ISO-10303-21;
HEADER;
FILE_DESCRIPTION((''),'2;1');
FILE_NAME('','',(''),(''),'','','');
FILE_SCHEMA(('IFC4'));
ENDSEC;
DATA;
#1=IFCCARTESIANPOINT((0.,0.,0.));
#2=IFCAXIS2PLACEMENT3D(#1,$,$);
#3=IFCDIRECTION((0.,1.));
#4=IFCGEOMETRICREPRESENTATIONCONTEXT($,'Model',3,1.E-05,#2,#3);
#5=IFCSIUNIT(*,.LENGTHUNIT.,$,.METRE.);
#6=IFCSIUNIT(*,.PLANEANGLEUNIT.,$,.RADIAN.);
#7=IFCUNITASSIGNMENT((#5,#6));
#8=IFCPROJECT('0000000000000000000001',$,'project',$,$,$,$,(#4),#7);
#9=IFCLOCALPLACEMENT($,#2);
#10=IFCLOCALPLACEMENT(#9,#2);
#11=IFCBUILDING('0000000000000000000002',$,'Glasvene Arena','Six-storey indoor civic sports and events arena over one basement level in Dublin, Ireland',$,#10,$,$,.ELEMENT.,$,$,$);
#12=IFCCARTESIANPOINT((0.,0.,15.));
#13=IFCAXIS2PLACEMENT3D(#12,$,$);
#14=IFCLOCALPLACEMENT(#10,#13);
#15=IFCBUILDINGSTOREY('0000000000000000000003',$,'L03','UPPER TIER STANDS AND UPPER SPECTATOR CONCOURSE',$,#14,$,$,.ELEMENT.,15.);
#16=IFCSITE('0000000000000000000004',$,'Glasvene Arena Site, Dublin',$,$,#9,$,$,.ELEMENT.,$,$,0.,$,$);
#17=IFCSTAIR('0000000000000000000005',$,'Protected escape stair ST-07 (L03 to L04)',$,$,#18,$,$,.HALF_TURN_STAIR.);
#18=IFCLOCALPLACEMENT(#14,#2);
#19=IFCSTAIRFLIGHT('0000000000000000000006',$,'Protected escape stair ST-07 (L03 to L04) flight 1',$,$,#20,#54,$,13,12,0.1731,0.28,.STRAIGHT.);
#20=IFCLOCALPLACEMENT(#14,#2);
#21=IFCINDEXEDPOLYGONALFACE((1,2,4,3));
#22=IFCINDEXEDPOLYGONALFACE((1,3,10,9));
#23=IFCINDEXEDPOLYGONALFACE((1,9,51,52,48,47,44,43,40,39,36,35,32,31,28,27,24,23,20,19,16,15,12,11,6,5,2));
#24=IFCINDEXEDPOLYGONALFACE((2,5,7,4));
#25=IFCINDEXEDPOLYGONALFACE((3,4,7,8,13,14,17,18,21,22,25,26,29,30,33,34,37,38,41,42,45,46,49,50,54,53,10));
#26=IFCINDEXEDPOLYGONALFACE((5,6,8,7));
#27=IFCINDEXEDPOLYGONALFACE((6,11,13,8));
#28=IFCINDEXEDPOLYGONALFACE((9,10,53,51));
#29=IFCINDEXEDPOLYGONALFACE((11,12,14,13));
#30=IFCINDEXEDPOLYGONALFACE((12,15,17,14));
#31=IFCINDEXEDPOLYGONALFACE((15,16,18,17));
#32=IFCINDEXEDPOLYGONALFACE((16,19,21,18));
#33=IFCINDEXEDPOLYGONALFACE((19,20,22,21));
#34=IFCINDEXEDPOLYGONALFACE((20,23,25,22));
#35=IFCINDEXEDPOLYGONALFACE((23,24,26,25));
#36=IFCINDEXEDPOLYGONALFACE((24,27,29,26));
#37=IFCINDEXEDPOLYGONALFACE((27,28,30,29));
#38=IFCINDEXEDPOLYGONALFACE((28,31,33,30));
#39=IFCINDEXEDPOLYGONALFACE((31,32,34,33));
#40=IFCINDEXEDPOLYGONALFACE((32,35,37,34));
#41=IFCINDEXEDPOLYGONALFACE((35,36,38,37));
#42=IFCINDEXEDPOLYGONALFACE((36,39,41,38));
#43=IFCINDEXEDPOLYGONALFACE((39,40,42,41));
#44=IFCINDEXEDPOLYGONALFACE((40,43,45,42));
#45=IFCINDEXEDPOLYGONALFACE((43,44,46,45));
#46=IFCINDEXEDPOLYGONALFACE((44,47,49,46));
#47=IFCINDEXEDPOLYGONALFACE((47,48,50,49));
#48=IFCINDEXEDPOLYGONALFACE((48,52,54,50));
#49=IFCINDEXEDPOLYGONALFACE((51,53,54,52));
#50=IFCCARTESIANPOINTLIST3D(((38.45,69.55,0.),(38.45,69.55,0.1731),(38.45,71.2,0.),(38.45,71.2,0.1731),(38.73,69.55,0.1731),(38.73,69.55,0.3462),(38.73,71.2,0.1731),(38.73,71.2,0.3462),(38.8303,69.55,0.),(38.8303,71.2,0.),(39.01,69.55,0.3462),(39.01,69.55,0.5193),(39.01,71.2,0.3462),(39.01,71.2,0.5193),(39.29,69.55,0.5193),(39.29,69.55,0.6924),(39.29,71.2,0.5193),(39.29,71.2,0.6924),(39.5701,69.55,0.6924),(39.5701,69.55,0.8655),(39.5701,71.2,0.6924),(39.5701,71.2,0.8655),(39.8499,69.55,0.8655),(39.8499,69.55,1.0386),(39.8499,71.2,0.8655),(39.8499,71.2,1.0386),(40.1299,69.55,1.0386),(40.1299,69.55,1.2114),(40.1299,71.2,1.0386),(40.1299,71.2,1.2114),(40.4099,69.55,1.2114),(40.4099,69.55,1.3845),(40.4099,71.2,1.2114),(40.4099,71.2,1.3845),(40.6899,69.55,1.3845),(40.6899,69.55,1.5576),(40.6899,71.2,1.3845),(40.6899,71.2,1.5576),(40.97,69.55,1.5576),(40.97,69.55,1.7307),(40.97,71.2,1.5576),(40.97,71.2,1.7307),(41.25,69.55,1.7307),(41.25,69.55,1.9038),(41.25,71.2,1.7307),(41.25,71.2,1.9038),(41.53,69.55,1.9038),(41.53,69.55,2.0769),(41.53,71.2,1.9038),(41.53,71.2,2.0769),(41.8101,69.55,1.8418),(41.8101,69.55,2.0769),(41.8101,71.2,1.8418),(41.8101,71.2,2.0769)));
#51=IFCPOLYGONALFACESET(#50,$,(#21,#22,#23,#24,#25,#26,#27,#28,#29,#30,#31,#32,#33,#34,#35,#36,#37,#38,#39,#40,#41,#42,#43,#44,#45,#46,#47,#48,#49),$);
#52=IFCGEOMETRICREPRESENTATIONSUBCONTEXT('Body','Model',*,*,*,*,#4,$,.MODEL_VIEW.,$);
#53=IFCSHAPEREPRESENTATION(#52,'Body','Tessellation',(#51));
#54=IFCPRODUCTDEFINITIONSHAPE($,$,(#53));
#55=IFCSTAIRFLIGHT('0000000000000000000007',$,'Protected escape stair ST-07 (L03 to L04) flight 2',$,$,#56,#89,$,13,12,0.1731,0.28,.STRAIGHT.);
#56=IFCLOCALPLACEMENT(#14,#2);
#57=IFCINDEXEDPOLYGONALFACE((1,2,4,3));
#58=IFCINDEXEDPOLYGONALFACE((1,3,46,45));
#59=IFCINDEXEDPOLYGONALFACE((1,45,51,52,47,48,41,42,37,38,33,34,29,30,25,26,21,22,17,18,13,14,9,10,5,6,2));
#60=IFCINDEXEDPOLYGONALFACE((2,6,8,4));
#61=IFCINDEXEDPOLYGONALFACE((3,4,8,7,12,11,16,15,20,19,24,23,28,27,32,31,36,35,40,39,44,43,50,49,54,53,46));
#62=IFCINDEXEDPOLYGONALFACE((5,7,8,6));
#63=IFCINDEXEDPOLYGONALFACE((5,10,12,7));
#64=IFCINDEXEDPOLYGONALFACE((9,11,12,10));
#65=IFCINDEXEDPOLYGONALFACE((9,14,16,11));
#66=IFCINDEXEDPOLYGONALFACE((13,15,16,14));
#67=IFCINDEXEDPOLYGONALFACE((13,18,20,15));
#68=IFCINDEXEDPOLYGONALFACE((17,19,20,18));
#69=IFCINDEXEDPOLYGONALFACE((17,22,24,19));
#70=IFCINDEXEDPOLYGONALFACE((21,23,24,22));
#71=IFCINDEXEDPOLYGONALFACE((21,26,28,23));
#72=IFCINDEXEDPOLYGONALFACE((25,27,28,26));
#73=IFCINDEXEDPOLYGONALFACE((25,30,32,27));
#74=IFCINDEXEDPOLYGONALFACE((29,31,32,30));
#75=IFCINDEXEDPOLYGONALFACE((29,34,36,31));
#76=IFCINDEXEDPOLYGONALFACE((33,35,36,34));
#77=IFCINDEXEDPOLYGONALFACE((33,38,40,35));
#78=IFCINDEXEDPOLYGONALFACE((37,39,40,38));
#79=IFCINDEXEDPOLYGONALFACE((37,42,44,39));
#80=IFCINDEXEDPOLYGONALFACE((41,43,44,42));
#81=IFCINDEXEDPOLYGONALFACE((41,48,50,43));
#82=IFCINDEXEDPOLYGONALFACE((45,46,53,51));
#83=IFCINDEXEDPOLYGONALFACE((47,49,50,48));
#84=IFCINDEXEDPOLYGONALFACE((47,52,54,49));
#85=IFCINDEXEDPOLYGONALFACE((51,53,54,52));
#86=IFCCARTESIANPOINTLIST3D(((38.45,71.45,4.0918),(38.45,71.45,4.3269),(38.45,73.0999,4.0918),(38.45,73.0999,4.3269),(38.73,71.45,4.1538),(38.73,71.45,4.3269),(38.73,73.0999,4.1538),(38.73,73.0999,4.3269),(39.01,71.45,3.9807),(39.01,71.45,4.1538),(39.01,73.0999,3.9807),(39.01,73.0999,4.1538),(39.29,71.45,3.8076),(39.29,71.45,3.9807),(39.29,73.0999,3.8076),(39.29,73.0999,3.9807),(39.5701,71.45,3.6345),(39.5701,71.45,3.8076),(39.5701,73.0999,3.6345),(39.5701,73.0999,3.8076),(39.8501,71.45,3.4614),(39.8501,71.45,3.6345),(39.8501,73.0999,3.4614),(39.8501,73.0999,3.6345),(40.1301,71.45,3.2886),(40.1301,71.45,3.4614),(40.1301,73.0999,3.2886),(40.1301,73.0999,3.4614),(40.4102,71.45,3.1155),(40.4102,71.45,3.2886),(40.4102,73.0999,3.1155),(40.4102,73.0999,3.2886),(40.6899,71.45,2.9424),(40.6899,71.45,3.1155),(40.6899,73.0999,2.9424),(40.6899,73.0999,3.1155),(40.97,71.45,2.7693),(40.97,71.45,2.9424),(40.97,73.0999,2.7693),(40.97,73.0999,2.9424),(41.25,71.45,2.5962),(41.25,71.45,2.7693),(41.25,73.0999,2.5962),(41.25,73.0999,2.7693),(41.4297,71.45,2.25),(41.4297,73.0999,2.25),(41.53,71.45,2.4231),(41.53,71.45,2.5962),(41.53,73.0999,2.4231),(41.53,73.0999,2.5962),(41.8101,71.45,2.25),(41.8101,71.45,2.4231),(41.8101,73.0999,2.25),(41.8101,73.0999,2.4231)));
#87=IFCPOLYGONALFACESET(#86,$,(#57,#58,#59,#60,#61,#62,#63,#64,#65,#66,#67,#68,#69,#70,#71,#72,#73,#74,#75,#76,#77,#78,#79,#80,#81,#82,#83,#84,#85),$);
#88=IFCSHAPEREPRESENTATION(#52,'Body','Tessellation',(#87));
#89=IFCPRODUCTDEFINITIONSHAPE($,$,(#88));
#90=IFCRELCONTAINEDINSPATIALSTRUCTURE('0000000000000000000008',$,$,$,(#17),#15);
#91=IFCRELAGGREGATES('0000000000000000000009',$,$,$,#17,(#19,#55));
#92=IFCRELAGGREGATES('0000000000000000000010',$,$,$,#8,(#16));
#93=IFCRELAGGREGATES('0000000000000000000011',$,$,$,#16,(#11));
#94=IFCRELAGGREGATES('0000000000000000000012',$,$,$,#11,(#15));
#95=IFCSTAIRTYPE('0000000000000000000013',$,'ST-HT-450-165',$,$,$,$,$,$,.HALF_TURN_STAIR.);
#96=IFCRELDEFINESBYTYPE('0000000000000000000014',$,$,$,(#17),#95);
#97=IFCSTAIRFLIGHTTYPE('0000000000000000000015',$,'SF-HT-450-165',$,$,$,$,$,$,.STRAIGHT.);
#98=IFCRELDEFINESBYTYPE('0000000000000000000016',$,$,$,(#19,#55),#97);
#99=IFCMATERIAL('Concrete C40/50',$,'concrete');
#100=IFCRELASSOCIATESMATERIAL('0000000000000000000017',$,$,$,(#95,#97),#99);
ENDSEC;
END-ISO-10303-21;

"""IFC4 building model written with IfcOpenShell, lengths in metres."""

from ifc_helpers import new_model, si_unit, direction, frame, origin, place, context, subcontext, project, spatial, polyline, outline, extrude, material, type_object, element, aggregate, save


model = new_model("IFC4")

# Units and contexts
model_context = context("Model", 3, precision=1e-05, world=origin(), true_north=direction((0.0, 1.0)))
body_context = subcontext(model_context, "Body", "Model", "MODEL_VIEW")
ifc_project = project(units=[si_unit("LENGTHUNIT", "METRE"), si_unit("PLANEANGLEUNIT", "RADIAN")], contexts=[model_context])

# Site, building, storey
site_placement = place(None, origin())
site = spatial("IfcSite", under=ifc_project, at=site_placement, Name="Glasvene Arena Site, Dublin", CompositionType="ELEMENT", RefElevation=0.0)
building_placement = place(site_placement, origin())
building = spatial("IfcBuilding", under=site, at=building_placement, Name="Glasvene Arena", Description="Six-storey indoor civic sports and events arena over one basement level in Dublin, Ireland", CompositionType="ELEMENT")
storey_placement = place(building_placement, frame((0.0, 0.0, 15.0)))
storey = spatial("IfcBuildingStorey", under=building, at=storey_placement, Name="L03", Description="UPPER TIER STANDS AND UPPER SPECTATOR CONCOURSE", CompositionType="ELEMENT", Elevation=15.0)

# Shared definitions
ifc_material_1 = material(Name="Concrete C40/50", Category="concrete")

# Stair
stair_type = type_object("IfcStairType", Name="ST-HT-450-165", PredefinedType="HALF_TURN_STAIR", material=ifc_material_1)
stair_placement = place(storey_placement, origin())
stair = element("IfcStair", 1, at=stair_placement, inside=storey, type_object=stair_type, Name="Protected escape stair ST-07 (L03 to L04)", PredefinedType="HALF_TURN_STAIR")

# Stair flights
stair_flight_type = type_object("IfcStairFlightType", Name="SF-HT-450-165", PredefinedType="STRAIGHT", material=ifc_material_1)
stair_flight_1_placement = place(storey_placement, frame((38.45, 70.375, 0.0), z_axis=(0.0, 0.0, 1.0), x_axis=(1.0, 0.0, 0.0)))
stair_flight_1 = element("IfcStairFlight", 2, at=stair_flight_1_placement, type_object=stair_flight_type, Name="Protected escape stair ST-07 (L03 to L04) flight 1", NumberOfRisers=13, NumberOfTreads=12, PredefinedType="STRAIGHT", RiserHeight=0.1731, TreadLength=0.28, context=body_context, shape_type="SweptSolid", body=[
    extrude(outline(polyline([(0.0, 0.0), (0.0, 0.1731), (0.28, 0.1731), (0.28, 0.3462), (0.5601, 0.3462), (0.5601, 0.5193), (0.8401, 0.5193), (0.8401, 0.6924), (1.1201, 0.6924), (1.1201, 0.8655), (1.3999, 0.8655), (1.3999, 1.0386), (1.6799, 1.0386), (1.6799, 1.2114), (1.96, 1.2114), (1.96, 1.3845), (2.24, 1.3845), (2.24, 1.5576), (2.52, 1.5576), (2.52, 1.7307), (2.8, 1.7307), (2.8, 1.9038), (3.0801, 1.9038), (3.0801, 2.0769), (3.3601, 2.0769), (3.3601, 2.25), (3.3601, 1.8418), (0.3804, 0.0), (0.0, 0.0)])), frame((0.0, 0.825, 0.0), z_axis=(0.0, -1.0, 0.0), x_axis=(1.0, 0.0, 0.0)), (0.0, 0.0, 1.0), 1.6499),
])
stair_flight_2_placement = place(storey_placement, frame((41.8101, 72.2749, 2.25), z_axis=(0.0, 0.0, 1.0), x_axis=(-1.0, 0.0, 0.0)))
stair_flight_2 = element("IfcStairFlight", 3, at=stair_flight_2_placement, type_object=stair_flight_type, Name="Protected escape stair ST-07 (L03 to L04) flight 2", NumberOfRisers=13, NumberOfTreads=12, PredefinedType="STRAIGHT", RiserHeight=0.1731, TreadLength=0.28, context=body_context, shape_type="SweptSolid", body=[
    extrude(outline(polyline([(0.0, 0.0), (0.0, 0.1731), (0.28, 0.1731), (0.28, 0.3462), (0.5601, 0.3462), (0.5601, 0.5193), (0.8401, 0.5193), (0.8401, 0.6924), (1.1201, 0.6924), (1.1201, 0.8655), (1.3999, 0.8655), (1.3999, 1.0386), (1.6799, 1.0386), (1.6799, 1.2114), (1.96, 1.2114), (1.96, 1.3845), (2.24, 1.3845), (2.24, 1.5576), (2.52, 1.5576), (2.52, 1.7307), (2.8, 1.7307), (2.8, 1.9038), (3.0801, 1.9038), (3.0801, 2.0769), (3.3601, 2.0769), (3.3601, 2.25), (3.3601, 1.8418), (0.3804, 0.0), (0.0, 0.0)])), frame((0.0, 0.825, 0.0), z_axis=(0.0, -1.0, 0.0), x_axis=(1.0, 0.0, 0.0)), (0.0, 0.0, 1.0), 1.6499),
])
aggregate(stair, [stair_flight_1, stair_flight_2])

save(model, "model.ifc")
